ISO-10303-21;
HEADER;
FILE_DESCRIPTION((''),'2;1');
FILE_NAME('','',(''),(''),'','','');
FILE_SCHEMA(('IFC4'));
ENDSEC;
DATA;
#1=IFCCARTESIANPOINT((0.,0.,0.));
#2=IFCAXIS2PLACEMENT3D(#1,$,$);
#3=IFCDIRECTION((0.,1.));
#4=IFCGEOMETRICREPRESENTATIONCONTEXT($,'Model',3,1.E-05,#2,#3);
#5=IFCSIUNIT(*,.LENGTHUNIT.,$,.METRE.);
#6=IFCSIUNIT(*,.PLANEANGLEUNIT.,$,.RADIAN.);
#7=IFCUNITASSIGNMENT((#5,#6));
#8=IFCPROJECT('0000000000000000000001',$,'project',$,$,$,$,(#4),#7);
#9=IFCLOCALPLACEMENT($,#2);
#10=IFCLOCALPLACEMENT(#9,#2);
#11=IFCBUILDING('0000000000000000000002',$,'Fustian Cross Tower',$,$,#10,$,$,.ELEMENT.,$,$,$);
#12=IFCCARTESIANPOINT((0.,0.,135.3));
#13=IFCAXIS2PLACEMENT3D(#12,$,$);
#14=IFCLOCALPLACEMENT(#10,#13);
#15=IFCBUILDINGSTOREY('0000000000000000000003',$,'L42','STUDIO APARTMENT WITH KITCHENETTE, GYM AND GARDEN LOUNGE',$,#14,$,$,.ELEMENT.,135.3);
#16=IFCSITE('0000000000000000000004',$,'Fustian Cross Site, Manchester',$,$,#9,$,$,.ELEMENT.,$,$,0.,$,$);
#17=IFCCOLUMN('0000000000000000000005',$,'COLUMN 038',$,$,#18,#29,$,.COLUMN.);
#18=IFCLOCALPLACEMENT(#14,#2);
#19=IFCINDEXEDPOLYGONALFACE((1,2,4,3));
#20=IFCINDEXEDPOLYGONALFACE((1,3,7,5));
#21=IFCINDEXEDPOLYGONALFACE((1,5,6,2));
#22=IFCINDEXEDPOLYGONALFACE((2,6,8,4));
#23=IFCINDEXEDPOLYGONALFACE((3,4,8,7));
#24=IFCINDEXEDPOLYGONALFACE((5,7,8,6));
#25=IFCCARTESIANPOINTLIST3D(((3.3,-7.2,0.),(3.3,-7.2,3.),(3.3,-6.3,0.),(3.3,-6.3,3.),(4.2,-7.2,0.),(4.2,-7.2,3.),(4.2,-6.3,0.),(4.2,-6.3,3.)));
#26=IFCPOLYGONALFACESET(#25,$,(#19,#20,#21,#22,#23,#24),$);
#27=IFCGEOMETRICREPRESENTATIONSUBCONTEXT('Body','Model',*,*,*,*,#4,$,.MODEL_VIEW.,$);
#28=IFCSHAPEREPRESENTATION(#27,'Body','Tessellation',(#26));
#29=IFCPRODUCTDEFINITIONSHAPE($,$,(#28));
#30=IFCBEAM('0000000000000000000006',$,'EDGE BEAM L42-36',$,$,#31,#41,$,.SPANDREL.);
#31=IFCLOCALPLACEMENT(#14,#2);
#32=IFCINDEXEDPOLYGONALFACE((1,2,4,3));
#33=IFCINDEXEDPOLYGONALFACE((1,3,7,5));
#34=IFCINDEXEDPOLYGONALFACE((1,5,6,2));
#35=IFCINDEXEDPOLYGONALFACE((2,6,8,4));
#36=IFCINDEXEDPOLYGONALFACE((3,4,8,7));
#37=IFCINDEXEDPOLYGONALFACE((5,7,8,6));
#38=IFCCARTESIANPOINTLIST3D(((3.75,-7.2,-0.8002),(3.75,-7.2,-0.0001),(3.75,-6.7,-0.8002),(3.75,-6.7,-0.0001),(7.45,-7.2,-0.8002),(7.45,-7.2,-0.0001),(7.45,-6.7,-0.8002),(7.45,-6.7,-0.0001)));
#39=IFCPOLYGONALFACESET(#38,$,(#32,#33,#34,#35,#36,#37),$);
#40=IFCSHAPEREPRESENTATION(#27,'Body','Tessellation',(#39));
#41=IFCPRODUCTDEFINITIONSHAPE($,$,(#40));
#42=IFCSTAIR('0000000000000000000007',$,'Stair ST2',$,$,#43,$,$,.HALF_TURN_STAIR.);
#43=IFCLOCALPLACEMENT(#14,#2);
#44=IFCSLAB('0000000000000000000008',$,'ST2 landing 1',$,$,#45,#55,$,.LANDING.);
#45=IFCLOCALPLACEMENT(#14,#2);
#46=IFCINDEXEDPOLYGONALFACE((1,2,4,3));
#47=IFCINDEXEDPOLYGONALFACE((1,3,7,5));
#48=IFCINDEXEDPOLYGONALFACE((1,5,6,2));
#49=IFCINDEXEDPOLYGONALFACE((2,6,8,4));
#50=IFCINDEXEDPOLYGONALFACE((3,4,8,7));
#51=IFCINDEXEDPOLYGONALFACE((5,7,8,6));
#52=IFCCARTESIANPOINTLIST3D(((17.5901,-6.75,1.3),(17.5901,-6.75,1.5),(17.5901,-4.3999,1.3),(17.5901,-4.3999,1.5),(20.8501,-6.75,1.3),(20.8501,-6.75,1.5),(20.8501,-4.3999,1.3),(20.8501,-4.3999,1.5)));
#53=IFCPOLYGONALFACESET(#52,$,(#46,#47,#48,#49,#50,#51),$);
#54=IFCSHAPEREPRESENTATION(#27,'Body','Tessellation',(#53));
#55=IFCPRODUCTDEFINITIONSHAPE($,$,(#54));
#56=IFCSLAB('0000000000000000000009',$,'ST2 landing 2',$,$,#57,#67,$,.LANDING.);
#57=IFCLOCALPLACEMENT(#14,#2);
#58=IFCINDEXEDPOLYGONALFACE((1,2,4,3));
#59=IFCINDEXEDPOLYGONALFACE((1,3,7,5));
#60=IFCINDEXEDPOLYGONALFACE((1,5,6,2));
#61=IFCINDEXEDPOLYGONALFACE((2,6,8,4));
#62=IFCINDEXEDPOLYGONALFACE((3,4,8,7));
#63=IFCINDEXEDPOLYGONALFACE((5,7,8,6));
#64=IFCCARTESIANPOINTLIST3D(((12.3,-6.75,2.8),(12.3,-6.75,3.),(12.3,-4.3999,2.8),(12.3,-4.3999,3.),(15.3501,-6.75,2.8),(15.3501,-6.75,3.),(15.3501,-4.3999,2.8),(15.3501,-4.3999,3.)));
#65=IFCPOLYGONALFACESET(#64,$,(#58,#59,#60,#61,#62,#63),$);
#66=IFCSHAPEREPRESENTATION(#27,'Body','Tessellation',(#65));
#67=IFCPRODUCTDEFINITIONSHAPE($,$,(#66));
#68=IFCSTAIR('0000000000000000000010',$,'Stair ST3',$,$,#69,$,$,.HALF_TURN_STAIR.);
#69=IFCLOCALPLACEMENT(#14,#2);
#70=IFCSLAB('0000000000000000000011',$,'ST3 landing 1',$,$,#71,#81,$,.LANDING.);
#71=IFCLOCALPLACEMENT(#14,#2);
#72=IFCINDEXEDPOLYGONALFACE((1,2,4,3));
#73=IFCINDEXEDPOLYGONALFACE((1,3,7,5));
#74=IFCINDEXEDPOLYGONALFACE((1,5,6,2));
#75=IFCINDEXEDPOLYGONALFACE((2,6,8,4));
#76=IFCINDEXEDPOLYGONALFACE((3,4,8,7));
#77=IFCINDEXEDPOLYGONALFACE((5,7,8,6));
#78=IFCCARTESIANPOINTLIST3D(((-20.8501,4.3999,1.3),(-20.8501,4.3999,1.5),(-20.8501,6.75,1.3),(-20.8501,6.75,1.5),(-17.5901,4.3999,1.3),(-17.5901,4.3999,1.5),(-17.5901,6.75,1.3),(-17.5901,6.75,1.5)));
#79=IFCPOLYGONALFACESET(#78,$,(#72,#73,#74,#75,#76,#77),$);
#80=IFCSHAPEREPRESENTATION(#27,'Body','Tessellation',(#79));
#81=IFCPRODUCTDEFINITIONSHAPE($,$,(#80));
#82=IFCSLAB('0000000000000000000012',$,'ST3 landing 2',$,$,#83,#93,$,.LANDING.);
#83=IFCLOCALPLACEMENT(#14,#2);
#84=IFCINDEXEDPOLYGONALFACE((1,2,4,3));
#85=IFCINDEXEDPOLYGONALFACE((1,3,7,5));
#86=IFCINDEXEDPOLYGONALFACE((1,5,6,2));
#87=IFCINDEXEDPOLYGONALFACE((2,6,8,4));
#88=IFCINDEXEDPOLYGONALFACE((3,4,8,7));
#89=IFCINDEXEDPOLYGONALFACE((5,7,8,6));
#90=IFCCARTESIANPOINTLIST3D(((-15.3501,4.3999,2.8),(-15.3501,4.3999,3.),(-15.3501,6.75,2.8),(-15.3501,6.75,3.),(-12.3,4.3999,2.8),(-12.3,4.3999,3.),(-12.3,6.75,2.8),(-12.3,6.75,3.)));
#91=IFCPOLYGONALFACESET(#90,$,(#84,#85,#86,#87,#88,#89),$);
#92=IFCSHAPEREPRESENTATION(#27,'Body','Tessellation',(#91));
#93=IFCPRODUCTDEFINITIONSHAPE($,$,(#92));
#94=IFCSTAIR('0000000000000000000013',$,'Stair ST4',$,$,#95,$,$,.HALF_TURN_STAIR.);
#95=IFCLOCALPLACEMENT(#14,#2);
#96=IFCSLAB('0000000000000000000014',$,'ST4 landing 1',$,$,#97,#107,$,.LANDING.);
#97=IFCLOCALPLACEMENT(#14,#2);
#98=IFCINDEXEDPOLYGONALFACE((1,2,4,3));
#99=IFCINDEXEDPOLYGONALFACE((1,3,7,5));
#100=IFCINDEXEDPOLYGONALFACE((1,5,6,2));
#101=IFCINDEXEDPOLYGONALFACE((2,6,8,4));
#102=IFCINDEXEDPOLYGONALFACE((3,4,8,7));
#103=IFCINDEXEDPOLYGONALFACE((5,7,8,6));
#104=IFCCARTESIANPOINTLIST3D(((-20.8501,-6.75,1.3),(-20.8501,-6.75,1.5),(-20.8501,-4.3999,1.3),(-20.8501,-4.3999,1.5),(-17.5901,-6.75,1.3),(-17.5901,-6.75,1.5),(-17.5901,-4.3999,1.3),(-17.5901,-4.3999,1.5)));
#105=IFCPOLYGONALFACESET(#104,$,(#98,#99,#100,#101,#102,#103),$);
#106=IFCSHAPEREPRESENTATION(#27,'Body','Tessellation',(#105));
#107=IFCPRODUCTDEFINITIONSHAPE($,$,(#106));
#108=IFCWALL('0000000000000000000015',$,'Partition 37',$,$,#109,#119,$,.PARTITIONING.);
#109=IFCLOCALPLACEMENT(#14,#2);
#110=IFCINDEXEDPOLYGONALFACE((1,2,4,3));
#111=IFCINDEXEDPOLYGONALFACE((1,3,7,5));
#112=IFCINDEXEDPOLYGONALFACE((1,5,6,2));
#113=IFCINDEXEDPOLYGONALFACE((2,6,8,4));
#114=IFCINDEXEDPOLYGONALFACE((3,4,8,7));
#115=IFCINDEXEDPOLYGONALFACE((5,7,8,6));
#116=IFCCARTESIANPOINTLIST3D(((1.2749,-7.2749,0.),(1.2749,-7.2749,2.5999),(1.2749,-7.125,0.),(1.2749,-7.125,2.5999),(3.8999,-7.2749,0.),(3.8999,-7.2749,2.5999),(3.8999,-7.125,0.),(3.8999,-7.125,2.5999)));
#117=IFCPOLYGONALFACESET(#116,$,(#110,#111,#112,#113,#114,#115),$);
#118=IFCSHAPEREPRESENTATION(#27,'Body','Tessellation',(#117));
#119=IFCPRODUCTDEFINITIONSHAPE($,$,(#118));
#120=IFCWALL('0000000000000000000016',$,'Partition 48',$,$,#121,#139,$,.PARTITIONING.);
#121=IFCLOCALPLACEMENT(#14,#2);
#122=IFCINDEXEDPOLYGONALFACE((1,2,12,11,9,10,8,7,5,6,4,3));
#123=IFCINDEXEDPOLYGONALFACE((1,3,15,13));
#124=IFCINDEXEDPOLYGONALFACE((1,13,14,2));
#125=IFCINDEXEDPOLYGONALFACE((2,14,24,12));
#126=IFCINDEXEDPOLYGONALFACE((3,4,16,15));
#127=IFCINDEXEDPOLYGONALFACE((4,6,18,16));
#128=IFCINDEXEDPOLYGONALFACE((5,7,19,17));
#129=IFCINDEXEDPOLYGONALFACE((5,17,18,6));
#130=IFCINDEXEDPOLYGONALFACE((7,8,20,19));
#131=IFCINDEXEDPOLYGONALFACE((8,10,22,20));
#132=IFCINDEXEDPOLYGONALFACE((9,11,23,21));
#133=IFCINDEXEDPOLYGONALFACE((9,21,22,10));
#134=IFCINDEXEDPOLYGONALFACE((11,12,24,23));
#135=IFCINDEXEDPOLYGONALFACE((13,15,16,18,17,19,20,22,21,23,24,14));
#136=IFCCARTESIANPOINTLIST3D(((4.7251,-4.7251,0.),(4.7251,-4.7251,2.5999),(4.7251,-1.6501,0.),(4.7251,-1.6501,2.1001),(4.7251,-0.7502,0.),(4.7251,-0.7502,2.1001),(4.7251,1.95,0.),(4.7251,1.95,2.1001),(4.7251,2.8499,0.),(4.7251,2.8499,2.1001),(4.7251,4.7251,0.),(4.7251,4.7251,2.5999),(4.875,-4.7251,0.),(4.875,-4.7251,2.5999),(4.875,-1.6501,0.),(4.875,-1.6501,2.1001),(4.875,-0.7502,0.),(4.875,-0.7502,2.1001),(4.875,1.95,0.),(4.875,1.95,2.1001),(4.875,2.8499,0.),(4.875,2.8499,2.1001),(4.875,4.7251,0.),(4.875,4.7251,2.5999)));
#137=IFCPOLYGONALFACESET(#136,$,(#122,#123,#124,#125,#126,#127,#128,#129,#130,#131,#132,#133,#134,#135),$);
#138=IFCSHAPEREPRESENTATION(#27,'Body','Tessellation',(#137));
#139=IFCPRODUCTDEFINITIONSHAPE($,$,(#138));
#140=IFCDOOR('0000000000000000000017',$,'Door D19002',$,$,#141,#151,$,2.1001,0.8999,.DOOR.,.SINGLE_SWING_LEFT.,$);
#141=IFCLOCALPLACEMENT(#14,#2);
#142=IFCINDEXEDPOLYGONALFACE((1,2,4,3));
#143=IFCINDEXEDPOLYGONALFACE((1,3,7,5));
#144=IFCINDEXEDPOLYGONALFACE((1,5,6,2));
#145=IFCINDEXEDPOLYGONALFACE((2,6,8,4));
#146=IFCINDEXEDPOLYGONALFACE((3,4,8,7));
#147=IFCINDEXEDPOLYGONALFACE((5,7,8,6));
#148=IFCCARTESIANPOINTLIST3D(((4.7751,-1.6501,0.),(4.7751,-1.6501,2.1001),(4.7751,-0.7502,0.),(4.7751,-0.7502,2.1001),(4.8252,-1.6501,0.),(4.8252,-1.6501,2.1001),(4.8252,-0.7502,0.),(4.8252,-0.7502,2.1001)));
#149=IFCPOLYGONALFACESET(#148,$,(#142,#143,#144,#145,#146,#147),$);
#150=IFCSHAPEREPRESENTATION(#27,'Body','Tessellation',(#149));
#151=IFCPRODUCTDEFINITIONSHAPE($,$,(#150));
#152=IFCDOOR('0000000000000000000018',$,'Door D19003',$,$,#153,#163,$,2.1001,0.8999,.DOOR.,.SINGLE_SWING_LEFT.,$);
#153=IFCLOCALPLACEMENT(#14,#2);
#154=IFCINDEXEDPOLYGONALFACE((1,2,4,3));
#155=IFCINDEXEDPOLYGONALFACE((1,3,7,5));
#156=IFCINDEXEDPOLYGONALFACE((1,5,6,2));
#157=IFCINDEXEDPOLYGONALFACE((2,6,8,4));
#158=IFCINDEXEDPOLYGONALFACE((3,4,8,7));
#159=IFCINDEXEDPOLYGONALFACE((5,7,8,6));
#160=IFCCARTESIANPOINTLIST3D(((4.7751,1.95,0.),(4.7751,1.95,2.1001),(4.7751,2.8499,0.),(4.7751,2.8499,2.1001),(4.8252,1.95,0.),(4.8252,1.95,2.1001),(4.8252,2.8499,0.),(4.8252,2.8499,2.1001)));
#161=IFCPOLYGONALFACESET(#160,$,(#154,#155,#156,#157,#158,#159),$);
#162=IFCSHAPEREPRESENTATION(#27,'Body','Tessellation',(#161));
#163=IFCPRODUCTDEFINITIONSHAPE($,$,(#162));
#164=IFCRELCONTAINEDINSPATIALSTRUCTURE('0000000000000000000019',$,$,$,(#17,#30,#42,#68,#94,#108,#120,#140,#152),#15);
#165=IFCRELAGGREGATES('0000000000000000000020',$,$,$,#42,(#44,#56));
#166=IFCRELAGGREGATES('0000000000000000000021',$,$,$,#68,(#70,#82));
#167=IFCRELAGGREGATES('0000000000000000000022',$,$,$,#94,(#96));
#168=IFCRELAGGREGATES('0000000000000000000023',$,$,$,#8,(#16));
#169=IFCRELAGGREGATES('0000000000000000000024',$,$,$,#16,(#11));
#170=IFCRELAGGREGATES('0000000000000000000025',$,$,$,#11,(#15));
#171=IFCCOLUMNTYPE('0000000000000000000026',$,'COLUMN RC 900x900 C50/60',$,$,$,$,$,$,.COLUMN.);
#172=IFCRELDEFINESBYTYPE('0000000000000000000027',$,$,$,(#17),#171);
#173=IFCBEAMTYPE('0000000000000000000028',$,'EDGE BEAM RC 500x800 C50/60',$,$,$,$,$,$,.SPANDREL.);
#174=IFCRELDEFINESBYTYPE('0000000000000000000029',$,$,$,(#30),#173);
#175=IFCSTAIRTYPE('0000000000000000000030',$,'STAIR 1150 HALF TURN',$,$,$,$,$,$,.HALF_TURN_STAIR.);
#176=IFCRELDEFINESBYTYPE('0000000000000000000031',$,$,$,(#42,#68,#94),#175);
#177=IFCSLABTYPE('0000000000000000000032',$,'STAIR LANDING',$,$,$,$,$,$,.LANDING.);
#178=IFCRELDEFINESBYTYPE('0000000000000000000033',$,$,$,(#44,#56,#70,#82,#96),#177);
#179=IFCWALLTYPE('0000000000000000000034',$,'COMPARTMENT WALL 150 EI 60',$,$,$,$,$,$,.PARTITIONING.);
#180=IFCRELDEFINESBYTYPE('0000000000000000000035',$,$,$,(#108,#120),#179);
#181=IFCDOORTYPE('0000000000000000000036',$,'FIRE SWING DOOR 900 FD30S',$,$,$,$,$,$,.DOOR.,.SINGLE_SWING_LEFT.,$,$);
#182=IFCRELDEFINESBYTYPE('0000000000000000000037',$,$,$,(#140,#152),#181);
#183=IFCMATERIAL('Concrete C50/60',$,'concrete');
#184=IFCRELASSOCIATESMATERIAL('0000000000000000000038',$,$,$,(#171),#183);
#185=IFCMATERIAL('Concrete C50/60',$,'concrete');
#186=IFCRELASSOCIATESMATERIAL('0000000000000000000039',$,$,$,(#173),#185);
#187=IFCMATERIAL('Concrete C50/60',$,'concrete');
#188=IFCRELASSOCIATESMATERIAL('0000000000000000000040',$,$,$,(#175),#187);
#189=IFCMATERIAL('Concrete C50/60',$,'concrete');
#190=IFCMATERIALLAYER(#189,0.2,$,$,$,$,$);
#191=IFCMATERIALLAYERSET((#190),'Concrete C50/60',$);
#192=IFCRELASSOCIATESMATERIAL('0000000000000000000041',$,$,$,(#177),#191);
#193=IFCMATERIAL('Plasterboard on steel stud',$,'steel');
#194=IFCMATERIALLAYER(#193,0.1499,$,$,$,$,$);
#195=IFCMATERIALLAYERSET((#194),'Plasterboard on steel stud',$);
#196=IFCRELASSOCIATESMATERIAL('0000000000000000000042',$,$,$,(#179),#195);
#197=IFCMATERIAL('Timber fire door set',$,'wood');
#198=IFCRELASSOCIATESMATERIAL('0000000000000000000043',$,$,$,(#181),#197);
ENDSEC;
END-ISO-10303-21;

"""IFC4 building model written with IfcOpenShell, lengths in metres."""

from ifc_helpers import new_model, si_unit, direction, frame, frame_2d, origin, origin_2d, place, context, subcontext, project, spatial, polyline, rectangle, outline, extrude, material, layer, layer_set, material_profile, profile_set, type_object, element, fill, aggregate, save


model = new_model("IFC4")

# Units and contexts
model_context = context("Model", 3, precision=1e-05, world=origin(), true_north=direction((0.0, 1.0)))
body_context = subcontext(model_context, "Body", "Model", "MODEL_VIEW")
ifc_project = project(units=[si_unit("LENGTHUNIT", "METRE"), si_unit("PLANEANGLEUNIT", "RADIAN")], contexts=[model_context])

# Site, building, storey
site_placement = place(None, origin())
site = spatial("IfcSite", under=ifc_project, at=site_placement, Name="Fustian Cross Site, Manchester", CompositionType="ELEMENT", RefElevation=0.0)
building_placement = place(site_placement, origin())
building = spatial("IfcBuilding", under=site, at=building_placement, Name="Fustian Cross Tower", CompositionType="ELEMENT")
storey_placement = place(building_placement, frame((0.0, 0.0, 135.3)))
storey = spatial("IfcBuildingStorey", under=building, at=storey_placement, Name="L42", Description="STUDIO APARTMENT WITH KITCHENETTE, GYM AND GARDEN LOUNGE", CompositionType="ELEMENT", Elevation=135.3)

# Column
ifc_material_1 = material(Name="Concrete C50/60", Category="concrete")
ifc_material_profile_1 = material_profile(ifc_material_1, rectangle(XDim=0.8999, YDim=0.8999, at=origin_2d()), Name="RC 900x900")
ifc_profile_set_1 = profile_set([ifc_material_profile_1], Name="Concrete C50/60")
column_type = type_object("IfcColumnType", Name="COLUMN RC 900x900 C50/60", PredefinedType="COLUMN", material=ifc_profile_set_1)
column_placement = place(storey_placement, frame((3.75, -6.75, 0.0), z_axis=(0.0, 0.0, 1.0), x_axis=(1.0, 0.0, 0.0)))
element("IfcColumn", 1, at=column_placement, inside=storey, type_object=column_type, Name="COLUMN 038", PredefinedType="COLUMN", context=body_context, shape_type="SweptSolid", body=[
    extrude(rectangle(XDim=0.8999, YDim=0.8999, at=origin_2d()), origin(), (0.0, 0.0, 1.0), 3.0),
])

# Beam
ifc_material_2 = material(Name="Concrete C50/60", Category="concrete")
ifc_material_profile_2 = material_profile(ifc_material_2, rectangle(XDim=0.5, YDim=0.8, at=origin_2d()), Name="RC 500x800")
ifc_profile_set_2 = profile_set([ifc_material_profile_2], Name="Concrete C50/60")
beam_type = type_object("IfcBeamType", Name="EDGE BEAM RC 500x800 C50/60", PredefinedType="SPANDREL", material=ifc_profile_set_2)
beam_placement = place(storey_placement, frame((3.75, -6.95, -0.4001), z_axis=(1.0, 0.0, 0.0), x_axis=(0.0, 1.0, 0.0)))
element("IfcBeam", 2, at=beam_placement, inside=storey, type_object=beam_type, Name="EDGE BEAM L42-36", PredefinedType="SPANDREL", context=body_context, shape_type="SweptSolid", body=[
    extrude(rectangle(XDim=0.5, YDim=0.8, at=origin_2d()), origin(), (0.0, 0.0, 1.0), 3.7),
])

# Stairs, slabs
ifc_material_3 = material(Name="Concrete C50/60", Category="concrete")
stair_type = type_object("IfcStairType", Name="STAIR 1150 HALF TURN", PredefinedType="HALF_TURN_STAIR", material=ifc_material_3)
stair_1_placement = place(storey_placement, origin())
stair_1 = element("IfcStair", 3, at=stair_1_placement, inside=storey, type_object=stair_type, Name="Stair ST2", PredefinedType="HALF_TURN_STAIR")
ifc_material_4 = material(Name="Concrete C50/60", Category="concrete")
ifc_layer_1 = layer(ifc_material_4, 0.2)
ifc_layer_set_1 = layer_set([ifc_layer_1], Name="Concrete C50/60")
slab_type = type_object("IfcSlabType", Name="STAIR LANDING", PredefinedType="LANDING", material=ifc_layer_set_1)
slab_1_placement = place(storey_placement, frame((0.0, 0.0, 1.3)))
slab_1 = element("IfcSlab", 4, at=slab_1_placement, type_object=slab_type, Name="ST2 landing 1", PredefinedType="LANDING", context=body_context, shape_type="SweptSolid", body=[
    extrude(outline(polyline([(17.5901, -4.3999), (20.8501, -4.3999), (20.8501, -6.75), (17.5901, -6.75), (17.5901, -4.3999)])), origin(), (0.0, 0.0, 1.0), 0.2),
])
slab_2_placement = place(storey_placement, frame((0.0, 0.0, 2.8)))
slab_2 = element("IfcSlab", 5, at=slab_2_placement, type_object=slab_type, Name="ST2 landing 2", PredefinedType="LANDING", context=body_context, shape_type="SweptSolid", body=[
    extrude(outline(polyline([(12.3, -4.3999), (15.3501, -4.3999), (15.3501, -6.75), (12.3, -6.75), (12.3, -4.3999)])), origin(), (0.0, 0.0, 1.0), 0.2),
])
aggregate(stair_1, [slab_1, slab_2])
stair_2_placement = place(storey_placement, origin())
stair_2 = element("IfcStair", 6, at=stair_2_placement, inside=storey, type_object=stair_type, Name="Stair ST3", PredefinedType="HALF_TURN_STAIR")
slab_3_placement = place(storey_placement, frame((0.0, 0.0, 1.3)))
slab_3 = element("IfcSlab", 7, at=slab_3_placement, type_object=slab_type, Name="ST3 landing 1", PredefinedType="LANDING", context=body_context, shape_type="SweptSolid", body=[
    extrude(outline(polyline([(-17.5901, 4.3999), (-20.8501, 4.3999), (-20.8501, 6.75), (-17.5901, 6.75), (-17.5901, 4.3999)])), origin(), (0.0, 0.0, 1.0), 0.2),
])
slab_4_placement = place(storey_placement, frame((0.0, 0.0, 2.8)))
slab_4 = element("IfcSlab", 8, at=slab_4_placement, type_object=slab_type, Name="ST3 landing 2", PredefinedType="LANDING", context=body_context, shape_type="SweptSolid", body=[
    extrude(outline(polyline([(-12.3, 4.3999), (-15.3501, 4.3999), (-15.3501, 6.75), (-12.3, 6.75), (-12.3, 4.3999)])), origin(), (0.0, 0.0, 1.0), 0.2),
])
aggregate(stair_2, [slab_3, slab_4])

# Stair, slab
stair_3_placement = place(storey_placement, origin())
stair_3 = element("IfcStair", 9, at=stair_3_placement, inside=storey, type_object=stair_type, Name="Stair ST4", PredefinedType="HALF_TURN_STAIR")
slab_5_placement = place(storey_placement, frame((0.0, 0.0, 1.3)))
slab_5 = element("IfcSlab", 10, at=slab_5_placement, type_object=slab_type, Name="ST4 landing 1", PredefinedType="LANDING", context=body_context, shape_type="SweptSolid", body=[
    extrude(outline(polyline([(-17.5901, -4.3999), (-20.8501, -4.3999), (-20.8501, -6.75), (-17.5901, -6.75), (-17.5901, -4.3999)])), origin(), (0.0, 0.0, 1.0), 0.2),
])
aggregate(stair_3, [slab_5])

# Wall
ifc_material_5 = material(Name="Plasterboard on steel stud", Category="steel")
ifc_layer_2 = layer(ifc_material_5, 0.1499)
ifc_layer_set_2 = layer_set([ifc_layer_2], Name="Plasterboard on steel stud")
wall_type_1 = type_object("IfcWallType", Name="COMPARTMENT WALL 150 EI 60", PredefinedType="PARTITIONING", material=ifc_layer_set_2)
wall_1_placement = place(storey_placement, frame((1.2749, -7.2, 0.0), z_axis=(0.0, 0.0, 1.0), x_axis=(1.0, 0.0, 0.0)))
element("IfcWall", 11, at=wall_1_placement, inside=storey, type_object=wall_type_1, Name="Partition 37", PredefinedType="PARTITIONING", context=body_context, shape_type="SweptSolid", body=[
    extrude(rectangle(XDim=2.625, YDim=0.1499, at=frame_2d((1.3125, 0.0))), origin(), (0.0, 0.0, 1.0), 2.5999),
])

# Wall, openings, doors
wall_2_placement = place(storey_placement, frame((4.8, -4.7251, 0.0), z_axis=(0.0, 0.0, 1.0), x_axis=(0.0, 1.0, 0.0)))
wall_2 = element("IfcWall", 12, at=wall_2_placement, inside=storey, type_object=wall_type_1, Name="Partition 48", PredefinedType="PARTITIONING", context=body_context, shape_type="SweptSolid", body=[
    extrude(rectangle(XDim=9.4502, YDim=0.1499, at=frame_2d((4.7251, 0.0))), origin(), (0.0, 0.0, 1.0), 2.5999),
])
opening_1_placement = place(wall_2_placement, frame((3.075, 0.0, 0.0)))
opening_1 = element("IfcOpeningElement", 13, at=opening_1_placement, cuts=wall_2, PredefinedType="OPENING", context=body_context, shape_type="SweptSolid", body=[
    extrude(rectangle(XDim=0.8999, YDim=2.1001, at=frame_2d((0.45, 1.05))), frame((0.0, 0.085, 0.0), z_axis=(0.0, -1.0, 0.0), x_axis=(1.0, 0.0, 0.0)), (0.0, 0.0, 1.0), 0.1699),
])
opening_2_placement = place(wall_2_placement, frame((6.675, 0.0, 0.0)))
opening_2 = element("IfcOpeningElement", 14, at=opening_2_placement, cuts=wall_2, PredefinedType="OPENING", context=body_context, shape_type="SweptSolid", body=[
    extrude(rectangle(XDim=0.8999, YDim=2.1001, at=frame_2d((0.45, 1.05))), frame((0.0, 0.085, 0.0), z_axis=(0.0, -1.0, 0.0), x_axis=(1.0, 0.0, 0.0)), (0.0, 0.0, 1.0), 0.1699),
])
ifc_material_6 = material(Name="Timber fire door set", Category="wood")
door_type_1 = type_object("IfcDoorType", Name="FIRE SWING DOOR 900 FD30S", OperationType="SINGLE_SWING_LEFT", PredefinedType="DOOR", material=ifc_material_6)
door_1_placement = place(opening_1_placement, origin())
door_1 = element("IfcDoor", 15, at=door_1_placement, inside=storey, type_object=door_type_1, Name="Door D19002", OperationType="SINGLE_SWING_LEFT", OverallHeight=2.1001, OverallWidth=0.8999, PredefinedType="DOOR", context=body_context, shape_type="SweptSolid", body=[
    extrude(rectangle(XDim=0.8999, YDim=2.1001, at=frame_2d((0.45, 1.05))), frame((0.0, 0.0249, 0.0), z_axis=(0.0, -1.0, 0.0), x_axis=(1.0, 0.0, 0.0)), (0.0, 0.0, 1.0), 0.05),
])
fill(opening_1, door_1)
door_2_placement = place(opening_2_placement, origin())
door_2 = element("IfcDoor", 16, at=door_2_placement, inside=storey, type_object=door_type_1, Name="Door D19003", OperationType="SINGLE_SWING_LEFT", OverallHeight=2.1001, OverallWidth=0.8999, PredefinedType="DOOR", context=body_context, shape_type="SweptSolid", body=[
    extrude(rectangle(XDim=0.8999, YDim=2.1001, at=frame_2d((0.45, 1.05))), frame((0.0, 0.0249, 0.0), z_axis=(0.0, -1.0, 0.0), x_axis=(1.0, 0.0, 0.0)), (0.0, 0.0, 1.0), 0.05),
])
fill(opening_2, door_2)

save(model, "model.ifc")
